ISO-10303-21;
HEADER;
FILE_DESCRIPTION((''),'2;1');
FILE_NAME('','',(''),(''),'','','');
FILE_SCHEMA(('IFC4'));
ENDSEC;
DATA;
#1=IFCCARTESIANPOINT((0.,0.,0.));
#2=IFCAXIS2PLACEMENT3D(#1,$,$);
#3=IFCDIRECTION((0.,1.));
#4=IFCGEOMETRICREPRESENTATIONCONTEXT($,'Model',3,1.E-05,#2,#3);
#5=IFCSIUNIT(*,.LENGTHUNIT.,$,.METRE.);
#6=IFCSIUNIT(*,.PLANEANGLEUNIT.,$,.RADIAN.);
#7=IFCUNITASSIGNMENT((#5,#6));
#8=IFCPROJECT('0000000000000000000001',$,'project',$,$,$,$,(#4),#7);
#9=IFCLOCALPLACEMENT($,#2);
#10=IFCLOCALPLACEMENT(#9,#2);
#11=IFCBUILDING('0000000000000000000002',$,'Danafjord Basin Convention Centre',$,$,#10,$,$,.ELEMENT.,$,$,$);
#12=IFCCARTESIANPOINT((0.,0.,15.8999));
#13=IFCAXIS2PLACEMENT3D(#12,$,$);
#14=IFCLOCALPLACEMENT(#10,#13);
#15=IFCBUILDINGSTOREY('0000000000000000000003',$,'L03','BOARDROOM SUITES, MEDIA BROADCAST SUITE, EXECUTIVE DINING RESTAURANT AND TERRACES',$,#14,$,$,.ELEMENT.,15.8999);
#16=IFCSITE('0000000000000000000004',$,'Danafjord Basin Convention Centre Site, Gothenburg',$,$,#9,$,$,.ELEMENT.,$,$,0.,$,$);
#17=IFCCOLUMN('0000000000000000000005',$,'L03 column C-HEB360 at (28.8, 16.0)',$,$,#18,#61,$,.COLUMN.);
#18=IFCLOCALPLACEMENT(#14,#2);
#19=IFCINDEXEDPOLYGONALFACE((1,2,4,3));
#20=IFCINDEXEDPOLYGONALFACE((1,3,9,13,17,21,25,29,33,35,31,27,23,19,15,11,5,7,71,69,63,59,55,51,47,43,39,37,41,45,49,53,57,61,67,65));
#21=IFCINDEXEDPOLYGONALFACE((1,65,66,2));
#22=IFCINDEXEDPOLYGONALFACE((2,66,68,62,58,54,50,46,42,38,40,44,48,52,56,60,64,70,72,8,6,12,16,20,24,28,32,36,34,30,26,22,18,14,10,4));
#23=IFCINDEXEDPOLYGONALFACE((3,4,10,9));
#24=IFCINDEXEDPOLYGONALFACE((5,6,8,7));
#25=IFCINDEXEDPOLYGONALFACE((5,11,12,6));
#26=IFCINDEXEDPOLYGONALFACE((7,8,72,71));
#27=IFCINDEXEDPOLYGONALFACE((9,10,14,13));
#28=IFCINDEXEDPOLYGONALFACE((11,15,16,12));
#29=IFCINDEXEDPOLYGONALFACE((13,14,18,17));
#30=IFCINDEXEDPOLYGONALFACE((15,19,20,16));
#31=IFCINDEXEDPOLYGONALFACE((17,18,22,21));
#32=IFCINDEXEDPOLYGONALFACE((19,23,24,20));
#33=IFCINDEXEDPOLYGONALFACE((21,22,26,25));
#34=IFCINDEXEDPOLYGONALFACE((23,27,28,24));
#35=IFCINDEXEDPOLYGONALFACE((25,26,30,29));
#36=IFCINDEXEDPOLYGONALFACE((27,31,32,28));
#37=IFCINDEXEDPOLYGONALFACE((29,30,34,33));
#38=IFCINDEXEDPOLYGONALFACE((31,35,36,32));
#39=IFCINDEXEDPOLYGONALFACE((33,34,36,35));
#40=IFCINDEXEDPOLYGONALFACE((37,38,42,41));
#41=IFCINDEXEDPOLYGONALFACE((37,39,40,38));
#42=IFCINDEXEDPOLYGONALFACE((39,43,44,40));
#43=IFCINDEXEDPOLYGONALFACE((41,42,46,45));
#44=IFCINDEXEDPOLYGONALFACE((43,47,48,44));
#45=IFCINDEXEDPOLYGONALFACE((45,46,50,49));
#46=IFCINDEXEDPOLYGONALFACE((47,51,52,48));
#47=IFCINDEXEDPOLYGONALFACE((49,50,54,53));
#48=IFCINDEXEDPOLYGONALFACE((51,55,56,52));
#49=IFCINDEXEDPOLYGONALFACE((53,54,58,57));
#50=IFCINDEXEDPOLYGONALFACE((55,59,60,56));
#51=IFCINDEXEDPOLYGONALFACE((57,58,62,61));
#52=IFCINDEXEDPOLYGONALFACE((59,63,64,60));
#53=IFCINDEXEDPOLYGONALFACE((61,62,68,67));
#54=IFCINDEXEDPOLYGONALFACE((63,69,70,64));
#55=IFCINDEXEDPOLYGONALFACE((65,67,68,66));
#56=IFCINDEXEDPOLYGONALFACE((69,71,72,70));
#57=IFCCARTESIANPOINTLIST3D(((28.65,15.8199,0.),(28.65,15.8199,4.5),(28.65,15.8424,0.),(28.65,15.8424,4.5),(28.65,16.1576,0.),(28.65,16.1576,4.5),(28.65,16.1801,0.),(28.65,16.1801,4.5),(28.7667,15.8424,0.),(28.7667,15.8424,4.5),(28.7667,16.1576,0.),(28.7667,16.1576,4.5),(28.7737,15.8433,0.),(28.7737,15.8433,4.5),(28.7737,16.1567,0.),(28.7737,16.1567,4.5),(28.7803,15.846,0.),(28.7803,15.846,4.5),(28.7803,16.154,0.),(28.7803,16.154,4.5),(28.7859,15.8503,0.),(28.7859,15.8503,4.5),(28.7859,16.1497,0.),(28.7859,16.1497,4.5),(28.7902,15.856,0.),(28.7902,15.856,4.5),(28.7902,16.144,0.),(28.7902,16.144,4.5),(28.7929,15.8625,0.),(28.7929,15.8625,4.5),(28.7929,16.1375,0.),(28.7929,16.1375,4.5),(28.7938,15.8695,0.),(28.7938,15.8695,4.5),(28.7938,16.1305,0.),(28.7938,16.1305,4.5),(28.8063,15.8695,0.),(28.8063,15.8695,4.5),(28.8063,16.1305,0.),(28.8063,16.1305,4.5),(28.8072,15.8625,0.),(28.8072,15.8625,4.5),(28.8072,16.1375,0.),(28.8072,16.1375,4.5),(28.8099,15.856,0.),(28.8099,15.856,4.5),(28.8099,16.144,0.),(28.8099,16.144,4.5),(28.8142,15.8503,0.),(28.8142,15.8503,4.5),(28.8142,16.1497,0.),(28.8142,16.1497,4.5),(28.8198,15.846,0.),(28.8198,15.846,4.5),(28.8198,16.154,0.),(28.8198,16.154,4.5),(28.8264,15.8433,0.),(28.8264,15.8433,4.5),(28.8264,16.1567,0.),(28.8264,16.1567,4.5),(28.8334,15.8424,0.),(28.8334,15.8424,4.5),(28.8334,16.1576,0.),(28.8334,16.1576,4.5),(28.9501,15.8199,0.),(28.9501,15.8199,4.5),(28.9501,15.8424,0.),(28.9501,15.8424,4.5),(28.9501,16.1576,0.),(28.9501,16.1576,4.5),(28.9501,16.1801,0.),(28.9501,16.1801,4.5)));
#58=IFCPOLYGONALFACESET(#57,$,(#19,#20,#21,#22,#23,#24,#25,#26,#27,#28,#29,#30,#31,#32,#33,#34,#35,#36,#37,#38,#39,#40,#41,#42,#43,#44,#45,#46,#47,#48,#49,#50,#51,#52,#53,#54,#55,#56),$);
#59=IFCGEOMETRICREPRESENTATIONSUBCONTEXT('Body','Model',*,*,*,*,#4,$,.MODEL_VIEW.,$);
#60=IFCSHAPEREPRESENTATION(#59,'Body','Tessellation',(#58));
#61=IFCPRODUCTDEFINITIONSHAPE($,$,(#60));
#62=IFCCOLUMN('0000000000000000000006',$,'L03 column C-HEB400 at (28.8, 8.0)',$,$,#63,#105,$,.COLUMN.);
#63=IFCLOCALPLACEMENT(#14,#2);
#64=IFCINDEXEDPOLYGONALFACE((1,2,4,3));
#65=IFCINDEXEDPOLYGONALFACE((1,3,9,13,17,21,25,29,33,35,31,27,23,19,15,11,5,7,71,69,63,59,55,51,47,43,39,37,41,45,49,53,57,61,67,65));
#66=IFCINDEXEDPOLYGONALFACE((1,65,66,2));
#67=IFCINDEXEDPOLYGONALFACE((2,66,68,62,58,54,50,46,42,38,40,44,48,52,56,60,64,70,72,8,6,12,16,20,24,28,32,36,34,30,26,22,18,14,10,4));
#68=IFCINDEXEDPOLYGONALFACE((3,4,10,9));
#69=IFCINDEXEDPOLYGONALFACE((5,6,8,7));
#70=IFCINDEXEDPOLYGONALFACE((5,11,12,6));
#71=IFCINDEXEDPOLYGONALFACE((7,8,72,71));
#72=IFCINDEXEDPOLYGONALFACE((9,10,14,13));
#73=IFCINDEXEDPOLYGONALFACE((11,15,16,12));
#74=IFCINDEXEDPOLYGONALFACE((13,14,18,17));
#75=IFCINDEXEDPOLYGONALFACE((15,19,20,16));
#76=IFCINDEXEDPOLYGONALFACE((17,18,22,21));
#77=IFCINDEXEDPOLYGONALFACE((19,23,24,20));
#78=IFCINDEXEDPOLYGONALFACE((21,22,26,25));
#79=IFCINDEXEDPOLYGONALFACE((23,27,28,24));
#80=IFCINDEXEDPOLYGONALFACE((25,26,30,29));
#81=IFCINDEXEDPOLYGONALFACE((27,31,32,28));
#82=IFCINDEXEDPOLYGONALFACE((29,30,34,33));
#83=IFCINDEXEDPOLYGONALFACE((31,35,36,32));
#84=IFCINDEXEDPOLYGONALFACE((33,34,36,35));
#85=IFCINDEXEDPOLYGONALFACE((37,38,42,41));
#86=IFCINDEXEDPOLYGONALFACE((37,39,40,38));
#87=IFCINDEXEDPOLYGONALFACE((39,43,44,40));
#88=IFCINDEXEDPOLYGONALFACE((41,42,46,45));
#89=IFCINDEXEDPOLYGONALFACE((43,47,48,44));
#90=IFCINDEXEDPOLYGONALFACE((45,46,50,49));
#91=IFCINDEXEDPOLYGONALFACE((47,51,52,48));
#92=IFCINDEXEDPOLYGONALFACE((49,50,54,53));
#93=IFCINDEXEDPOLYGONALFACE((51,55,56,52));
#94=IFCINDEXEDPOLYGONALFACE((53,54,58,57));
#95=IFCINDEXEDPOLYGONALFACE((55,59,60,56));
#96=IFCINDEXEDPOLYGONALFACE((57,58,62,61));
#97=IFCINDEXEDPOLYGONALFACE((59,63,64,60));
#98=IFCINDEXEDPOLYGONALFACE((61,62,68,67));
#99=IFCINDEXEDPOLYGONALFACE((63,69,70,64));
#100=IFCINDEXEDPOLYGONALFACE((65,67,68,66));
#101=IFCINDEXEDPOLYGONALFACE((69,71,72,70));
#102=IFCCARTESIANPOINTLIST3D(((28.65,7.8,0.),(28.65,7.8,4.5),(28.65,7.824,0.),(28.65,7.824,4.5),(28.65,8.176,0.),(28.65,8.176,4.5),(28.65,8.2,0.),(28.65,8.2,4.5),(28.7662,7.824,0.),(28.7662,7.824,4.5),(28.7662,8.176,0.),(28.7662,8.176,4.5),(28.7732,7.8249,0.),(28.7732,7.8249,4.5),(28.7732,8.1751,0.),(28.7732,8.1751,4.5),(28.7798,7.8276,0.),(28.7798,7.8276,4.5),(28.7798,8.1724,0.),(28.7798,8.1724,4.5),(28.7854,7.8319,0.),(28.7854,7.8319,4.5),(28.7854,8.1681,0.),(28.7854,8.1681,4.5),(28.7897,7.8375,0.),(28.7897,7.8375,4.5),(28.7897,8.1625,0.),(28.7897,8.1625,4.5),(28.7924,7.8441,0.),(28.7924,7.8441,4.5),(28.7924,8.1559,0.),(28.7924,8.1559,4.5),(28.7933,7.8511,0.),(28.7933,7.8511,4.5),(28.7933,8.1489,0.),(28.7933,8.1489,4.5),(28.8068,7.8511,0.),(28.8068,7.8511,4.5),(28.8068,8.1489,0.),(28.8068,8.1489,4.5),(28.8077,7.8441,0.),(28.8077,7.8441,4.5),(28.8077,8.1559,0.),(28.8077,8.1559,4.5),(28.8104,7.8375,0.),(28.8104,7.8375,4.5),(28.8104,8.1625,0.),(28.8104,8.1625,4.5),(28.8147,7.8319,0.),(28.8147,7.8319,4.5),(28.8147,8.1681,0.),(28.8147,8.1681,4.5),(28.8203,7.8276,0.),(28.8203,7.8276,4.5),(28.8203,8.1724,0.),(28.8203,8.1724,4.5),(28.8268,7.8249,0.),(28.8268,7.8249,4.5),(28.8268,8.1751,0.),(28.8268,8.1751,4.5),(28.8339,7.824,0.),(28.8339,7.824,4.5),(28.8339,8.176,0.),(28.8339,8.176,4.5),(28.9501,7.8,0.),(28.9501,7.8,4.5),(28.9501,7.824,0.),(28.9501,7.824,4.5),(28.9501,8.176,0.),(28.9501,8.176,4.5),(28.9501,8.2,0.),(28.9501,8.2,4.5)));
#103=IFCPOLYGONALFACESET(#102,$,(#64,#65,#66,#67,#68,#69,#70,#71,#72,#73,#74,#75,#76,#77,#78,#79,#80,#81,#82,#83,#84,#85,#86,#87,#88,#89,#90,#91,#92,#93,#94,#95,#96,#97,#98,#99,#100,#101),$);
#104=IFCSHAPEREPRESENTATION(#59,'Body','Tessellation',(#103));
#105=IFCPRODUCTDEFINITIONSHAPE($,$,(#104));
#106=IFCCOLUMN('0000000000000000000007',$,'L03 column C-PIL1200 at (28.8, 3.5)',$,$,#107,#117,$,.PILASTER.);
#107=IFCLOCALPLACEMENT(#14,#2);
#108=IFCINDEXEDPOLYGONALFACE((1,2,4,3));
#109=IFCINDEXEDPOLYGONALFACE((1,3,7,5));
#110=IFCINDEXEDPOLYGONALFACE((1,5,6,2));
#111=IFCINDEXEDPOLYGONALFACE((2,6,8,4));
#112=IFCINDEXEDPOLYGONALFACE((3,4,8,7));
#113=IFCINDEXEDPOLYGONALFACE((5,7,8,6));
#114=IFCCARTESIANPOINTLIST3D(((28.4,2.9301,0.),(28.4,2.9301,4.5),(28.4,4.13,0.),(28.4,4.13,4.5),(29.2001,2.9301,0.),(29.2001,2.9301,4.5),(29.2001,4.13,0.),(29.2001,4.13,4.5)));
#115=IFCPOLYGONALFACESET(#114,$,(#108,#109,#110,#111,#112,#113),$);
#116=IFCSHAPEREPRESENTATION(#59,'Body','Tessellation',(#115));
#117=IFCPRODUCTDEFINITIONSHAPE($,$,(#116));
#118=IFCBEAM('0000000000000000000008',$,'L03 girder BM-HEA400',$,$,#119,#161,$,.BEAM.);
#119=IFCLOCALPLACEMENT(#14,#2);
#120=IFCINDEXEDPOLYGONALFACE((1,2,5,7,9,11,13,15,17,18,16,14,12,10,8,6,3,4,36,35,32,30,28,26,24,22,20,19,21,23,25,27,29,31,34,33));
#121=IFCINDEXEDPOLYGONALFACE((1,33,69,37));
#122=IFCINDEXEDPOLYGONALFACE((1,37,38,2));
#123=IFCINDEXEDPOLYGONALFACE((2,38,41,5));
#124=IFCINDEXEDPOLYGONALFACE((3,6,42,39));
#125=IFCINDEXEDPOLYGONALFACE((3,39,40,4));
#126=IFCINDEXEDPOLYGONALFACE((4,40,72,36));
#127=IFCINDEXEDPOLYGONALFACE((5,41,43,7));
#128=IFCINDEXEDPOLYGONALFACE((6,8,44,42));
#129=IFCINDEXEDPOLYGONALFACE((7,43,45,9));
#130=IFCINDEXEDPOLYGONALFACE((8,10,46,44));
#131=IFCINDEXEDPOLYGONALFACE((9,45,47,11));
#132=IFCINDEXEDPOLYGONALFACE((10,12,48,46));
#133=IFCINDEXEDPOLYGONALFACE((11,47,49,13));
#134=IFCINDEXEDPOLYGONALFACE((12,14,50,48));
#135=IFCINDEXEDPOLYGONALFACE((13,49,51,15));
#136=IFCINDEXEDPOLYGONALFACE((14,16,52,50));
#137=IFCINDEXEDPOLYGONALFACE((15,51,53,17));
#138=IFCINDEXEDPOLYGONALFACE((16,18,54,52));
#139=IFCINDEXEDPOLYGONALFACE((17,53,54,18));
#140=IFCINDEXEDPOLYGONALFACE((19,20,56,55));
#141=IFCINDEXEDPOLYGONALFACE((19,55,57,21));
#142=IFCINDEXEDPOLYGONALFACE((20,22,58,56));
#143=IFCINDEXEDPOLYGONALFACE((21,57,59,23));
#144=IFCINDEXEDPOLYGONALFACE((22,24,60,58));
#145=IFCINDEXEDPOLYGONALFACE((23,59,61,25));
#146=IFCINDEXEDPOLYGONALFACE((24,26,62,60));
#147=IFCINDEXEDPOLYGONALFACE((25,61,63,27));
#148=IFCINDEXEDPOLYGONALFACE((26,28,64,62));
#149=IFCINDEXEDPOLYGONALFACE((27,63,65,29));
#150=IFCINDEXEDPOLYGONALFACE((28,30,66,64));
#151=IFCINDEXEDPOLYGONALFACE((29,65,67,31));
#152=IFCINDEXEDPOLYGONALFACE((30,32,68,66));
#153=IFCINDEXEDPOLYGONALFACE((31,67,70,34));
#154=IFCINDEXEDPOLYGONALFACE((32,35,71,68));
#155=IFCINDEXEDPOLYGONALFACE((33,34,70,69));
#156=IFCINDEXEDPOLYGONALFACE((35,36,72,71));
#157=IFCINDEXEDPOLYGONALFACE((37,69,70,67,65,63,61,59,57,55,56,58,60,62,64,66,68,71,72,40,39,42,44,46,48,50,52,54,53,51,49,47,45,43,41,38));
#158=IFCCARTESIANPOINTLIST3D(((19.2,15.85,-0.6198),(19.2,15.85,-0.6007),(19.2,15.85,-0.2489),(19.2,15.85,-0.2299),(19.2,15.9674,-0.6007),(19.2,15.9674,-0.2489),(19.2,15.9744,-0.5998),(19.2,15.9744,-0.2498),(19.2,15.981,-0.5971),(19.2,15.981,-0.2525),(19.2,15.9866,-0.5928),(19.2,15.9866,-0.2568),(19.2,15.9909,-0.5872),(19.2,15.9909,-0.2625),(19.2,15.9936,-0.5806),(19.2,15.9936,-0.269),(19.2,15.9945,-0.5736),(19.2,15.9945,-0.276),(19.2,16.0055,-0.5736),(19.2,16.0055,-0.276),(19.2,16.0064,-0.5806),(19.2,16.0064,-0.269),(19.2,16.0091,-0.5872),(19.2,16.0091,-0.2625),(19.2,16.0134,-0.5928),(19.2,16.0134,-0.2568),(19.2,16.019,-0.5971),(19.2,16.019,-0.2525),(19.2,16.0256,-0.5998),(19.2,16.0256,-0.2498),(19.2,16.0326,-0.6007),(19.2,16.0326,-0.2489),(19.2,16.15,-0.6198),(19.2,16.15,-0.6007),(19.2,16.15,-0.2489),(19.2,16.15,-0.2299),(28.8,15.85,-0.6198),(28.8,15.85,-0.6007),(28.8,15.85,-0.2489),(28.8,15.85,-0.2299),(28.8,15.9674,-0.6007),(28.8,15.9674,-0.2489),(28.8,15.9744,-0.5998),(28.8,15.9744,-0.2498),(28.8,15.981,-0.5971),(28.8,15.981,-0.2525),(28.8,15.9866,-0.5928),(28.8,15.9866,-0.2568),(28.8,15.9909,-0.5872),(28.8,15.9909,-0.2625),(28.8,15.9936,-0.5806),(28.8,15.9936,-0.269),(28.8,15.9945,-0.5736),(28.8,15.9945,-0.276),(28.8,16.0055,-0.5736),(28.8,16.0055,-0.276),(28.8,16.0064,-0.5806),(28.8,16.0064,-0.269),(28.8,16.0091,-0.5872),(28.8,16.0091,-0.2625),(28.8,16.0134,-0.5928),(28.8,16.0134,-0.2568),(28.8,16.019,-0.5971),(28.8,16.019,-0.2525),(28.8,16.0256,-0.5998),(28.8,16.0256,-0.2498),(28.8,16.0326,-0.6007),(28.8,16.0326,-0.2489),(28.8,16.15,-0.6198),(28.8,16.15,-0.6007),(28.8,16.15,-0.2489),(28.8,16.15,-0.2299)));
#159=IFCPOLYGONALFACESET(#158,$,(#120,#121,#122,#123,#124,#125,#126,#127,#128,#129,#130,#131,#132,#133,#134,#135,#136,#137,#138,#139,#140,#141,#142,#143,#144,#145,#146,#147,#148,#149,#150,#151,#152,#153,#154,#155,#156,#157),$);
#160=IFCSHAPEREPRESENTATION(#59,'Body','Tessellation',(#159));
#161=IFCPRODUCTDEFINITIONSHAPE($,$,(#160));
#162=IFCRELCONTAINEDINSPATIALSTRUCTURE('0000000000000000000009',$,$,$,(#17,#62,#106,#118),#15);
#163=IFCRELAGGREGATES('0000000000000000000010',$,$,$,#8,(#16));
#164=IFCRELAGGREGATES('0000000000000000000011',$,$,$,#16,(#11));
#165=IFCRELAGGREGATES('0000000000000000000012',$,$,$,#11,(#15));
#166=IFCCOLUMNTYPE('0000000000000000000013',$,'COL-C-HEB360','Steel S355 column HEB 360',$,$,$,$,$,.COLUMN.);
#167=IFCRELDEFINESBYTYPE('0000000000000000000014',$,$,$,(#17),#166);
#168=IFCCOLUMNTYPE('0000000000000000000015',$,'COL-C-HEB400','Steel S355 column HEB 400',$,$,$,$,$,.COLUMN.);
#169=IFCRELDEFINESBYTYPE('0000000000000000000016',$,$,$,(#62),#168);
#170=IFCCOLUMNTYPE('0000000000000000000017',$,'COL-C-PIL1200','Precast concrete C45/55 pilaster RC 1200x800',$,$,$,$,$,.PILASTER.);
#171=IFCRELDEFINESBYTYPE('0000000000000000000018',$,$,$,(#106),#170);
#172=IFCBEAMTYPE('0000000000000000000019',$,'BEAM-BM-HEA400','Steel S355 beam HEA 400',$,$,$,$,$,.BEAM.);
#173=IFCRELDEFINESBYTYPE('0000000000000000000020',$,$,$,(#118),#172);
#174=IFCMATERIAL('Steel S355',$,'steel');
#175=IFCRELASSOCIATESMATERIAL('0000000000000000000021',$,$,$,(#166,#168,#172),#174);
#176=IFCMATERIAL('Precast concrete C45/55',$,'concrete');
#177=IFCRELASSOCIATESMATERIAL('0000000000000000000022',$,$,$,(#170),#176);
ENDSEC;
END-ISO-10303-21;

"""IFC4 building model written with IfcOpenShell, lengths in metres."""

from ifc_helpers import new_model, si_unit, direction, frame, origin, origin_2d, place, context, subcontext, project, spatial, rectangle, i_section, extrude, material, material_profile, profile_set, type_object, element, save


model = new_model("IFC4")

# Units and contexts
model_context = context("Model", 3, precision=1e-05, world=origin(), true_north=direction((0.0, 1.0)))
body_context = subcontext(model_context, "Body", "Model", "MODEL_VIEW")
ifc_project = project(units=[si_unit("LENGTHUNIT", "METRE"), si_unit("PLANEANGLEUNIT", "RADIAN")], contexts=[model_context])

# Site, building, storey
site_placement = place(None, origin())
site = spatial("IfcSite", under=ifc_project, at=site_placement, Name="Danafjord Basin Convention Centre Site, Gothenburg", CompositionType="ELEMENT", RefElevation=0.0)
building_placement = place(site_placement, origin())
building = spatial("IfcBuilding", under=site, at=building_placement, Name="Danafjord Basin Convention Centre", CompositionType="ELEMENT")
storey_placement = place(building_placement, frame((0.0, 0.0, 15.8999)))
storey = spatial("IfcBuildingStorey", under=building, at=storey_placement, Name="L03", Description="BOARDROOM SUITES, MEDIA BROADCAST SUITE, EXECUTIVE DINING RESTAURANT AND TERRACES", CompositionType="ELEMENT", Elevation=15.8999)

# Columns
ifc_material_1 = material(Name="Steel S355", Category="steel")
ifc_material_profile_1 = material_profile(ifc_material_1, i_section(OverallWidth=0.3, OverallDepth=0.3601, WebThickness=0.0125, FlangeThickness=0.0225, FilletRadius=0.0271, at=origin_2d()), Name="HEB 360")
ifc_profile_set_1 = profile_set([ifc_material_profile_1], Name="Steel S355")
column_type_1 = type_object("IfcColumnType", Name="COL-C-HEB360", Description="Steel S355 column HEB 360", PredefinedType="COLUMN", material=ifc_profile_set_1)
column_1_placement = place(storey_placement, frame((28.8, 16.0, 0.0), z_axis=(0.0, 0.0, 1.0), x_axis=(1.0, 0.0, 0.0)))
element("IfcColumn", 1, at=column_1_placement, inside=storey, type_object=column_type_1, Name="L03 column C-HEB360 at (28.8, 16.0)", PredefinedType="COLUMN", context=body_context, shape_type="SweptSolid", body=[
    extrude(i_section(OverallWidth=0.3, OverallDepth=0.3601, WebThickness=0.0125, FlangeThickness=0.0225, FilletRadius=0.0271, at=origin_2d()), origin(), (0.0, 0.0, 1.0), 4.5),
])
ifc_material_profile_2 = material_profile(ifc_material_1, i_section(OverallWidth=0.3, OverallDepth=0.3999, WebThickness=0.0134, FlangeThickness=0.0239, FilletRadius=0.0271, at=origin_2d()), Name="HEB 400")
ifc_profile_set_2 = profile_set([ifc_material_profile_2], Name="Steel S355")
column_type_2 = type_object("IfcColumnType", Name="COL-C-HEB400", Description="Steel S355 column HEB 400", PredefinedType="COLUMN", material=ifc_profile_set_2)
column_2_placement = place(storey_placement, frame((28.8, 8.0, 0.0), z_axis=(0.0, 0.0, 1.0), x_axis=(1.0, 0.0, 0.0)))
element("IfcColumn", 2, at=column_2_placement, inside=storey, type_object=column_type_2, Name="L03 column C-HEB400 at (28.8, 8.0)", PredefinedType="COLUMN", context=body_context, shape_type="SweptSolid", body=[
    extrude(i_section(OverallWidth=0.3, OverallDepth=0.3999, WebThickness=0.0134, FlangeThickness=0.0239, FilletRadius=0.0271, at=origin_2d()), origin(), (0.0, 0.0, 1.0), 4.5),
])
ifc_material_2 = material(Name="Precast concrete C45/55", Category="concrete")
ifc_material_profile_3 = material_profile(ifc_material_2, rectangle(XDim=0.8, YDim=1.2, at=origin_2d()), Name="RC 1200x800")
ifc_profile_set_3 = profile_set([ifc_material_profile_3], Name="Precast concrete C45/55")
column_type_3 = type_object("IfcColumnType", Name="COL-C-PIL1200", Description="Precast concrete C45/55 pilaster RC 1200x800", PredefinedType="PILASTER", material=ifc_profile_set_3)
column_3_placement = place(storey_placement, frame((28.8, 3.53, 0.0), z_axis=(0.0, 0.0, 1.0), x_axis=(1.0, 0.0, 0.0)))
element("IfcColumn", 3, at=column_3_placement, inside=storey, type_object=column_type_3, Name="L03 column C-PIL1200 at (28.8, 3.5)", PredefinedType="PILASTER", context=body_context, shape_type="SweptSolid", body=[
    extrude(rectangle(XDim=0.8, YDim=1.2, at=origin_2d()), origin(), (0.0, 0.0, 1.0), 4.5),
])

# Beam
ifc_material_profile_4 = material_profile(ifc_material_1, i_section(OverallWidth=0.3, OverallDepth=0.3899, WebThickness=0.011, FlangeThickness=0.019, FilletRadius=0.0271, at=origin_2d()), Name="HEA 400")
ifc_profile_set_4 = profile_set([ifc_material_profile_4], Name="Steel S355")
beam_type_1 = type_object("IfcBeamType", Name="BEAM-BM-HEA400", Description="Steel S355 beam HEA 400", PredefinedType="BEAM", material=ifc_profile_set_4)
beam_1_placement = place(storey_placement, frame((19.2, 16.0, -0.4248), z_axis=(1.0, 0.0, 0.0), x_axis=(0.0, 1.0, 0.0)))
element("IfcBeam", 4, at=beam_1_placement, inside=storey, type_object=beam_type_1, Name="L03 girder BM-HEA400", PredefinedType="BEAM", context=body_context, shape_type="SweptSolid", body=[
    extrude(i_section(OverallWidth=0.3, OverallDepth=0.3899, WebThickness=0.011, FlangeThickness=0.019, FilletRadius=0.0271, at=origin_2d()), origin(), (0.0, 0.0, 1.0), 9.6001),
])

save(model, "model.ifc")
